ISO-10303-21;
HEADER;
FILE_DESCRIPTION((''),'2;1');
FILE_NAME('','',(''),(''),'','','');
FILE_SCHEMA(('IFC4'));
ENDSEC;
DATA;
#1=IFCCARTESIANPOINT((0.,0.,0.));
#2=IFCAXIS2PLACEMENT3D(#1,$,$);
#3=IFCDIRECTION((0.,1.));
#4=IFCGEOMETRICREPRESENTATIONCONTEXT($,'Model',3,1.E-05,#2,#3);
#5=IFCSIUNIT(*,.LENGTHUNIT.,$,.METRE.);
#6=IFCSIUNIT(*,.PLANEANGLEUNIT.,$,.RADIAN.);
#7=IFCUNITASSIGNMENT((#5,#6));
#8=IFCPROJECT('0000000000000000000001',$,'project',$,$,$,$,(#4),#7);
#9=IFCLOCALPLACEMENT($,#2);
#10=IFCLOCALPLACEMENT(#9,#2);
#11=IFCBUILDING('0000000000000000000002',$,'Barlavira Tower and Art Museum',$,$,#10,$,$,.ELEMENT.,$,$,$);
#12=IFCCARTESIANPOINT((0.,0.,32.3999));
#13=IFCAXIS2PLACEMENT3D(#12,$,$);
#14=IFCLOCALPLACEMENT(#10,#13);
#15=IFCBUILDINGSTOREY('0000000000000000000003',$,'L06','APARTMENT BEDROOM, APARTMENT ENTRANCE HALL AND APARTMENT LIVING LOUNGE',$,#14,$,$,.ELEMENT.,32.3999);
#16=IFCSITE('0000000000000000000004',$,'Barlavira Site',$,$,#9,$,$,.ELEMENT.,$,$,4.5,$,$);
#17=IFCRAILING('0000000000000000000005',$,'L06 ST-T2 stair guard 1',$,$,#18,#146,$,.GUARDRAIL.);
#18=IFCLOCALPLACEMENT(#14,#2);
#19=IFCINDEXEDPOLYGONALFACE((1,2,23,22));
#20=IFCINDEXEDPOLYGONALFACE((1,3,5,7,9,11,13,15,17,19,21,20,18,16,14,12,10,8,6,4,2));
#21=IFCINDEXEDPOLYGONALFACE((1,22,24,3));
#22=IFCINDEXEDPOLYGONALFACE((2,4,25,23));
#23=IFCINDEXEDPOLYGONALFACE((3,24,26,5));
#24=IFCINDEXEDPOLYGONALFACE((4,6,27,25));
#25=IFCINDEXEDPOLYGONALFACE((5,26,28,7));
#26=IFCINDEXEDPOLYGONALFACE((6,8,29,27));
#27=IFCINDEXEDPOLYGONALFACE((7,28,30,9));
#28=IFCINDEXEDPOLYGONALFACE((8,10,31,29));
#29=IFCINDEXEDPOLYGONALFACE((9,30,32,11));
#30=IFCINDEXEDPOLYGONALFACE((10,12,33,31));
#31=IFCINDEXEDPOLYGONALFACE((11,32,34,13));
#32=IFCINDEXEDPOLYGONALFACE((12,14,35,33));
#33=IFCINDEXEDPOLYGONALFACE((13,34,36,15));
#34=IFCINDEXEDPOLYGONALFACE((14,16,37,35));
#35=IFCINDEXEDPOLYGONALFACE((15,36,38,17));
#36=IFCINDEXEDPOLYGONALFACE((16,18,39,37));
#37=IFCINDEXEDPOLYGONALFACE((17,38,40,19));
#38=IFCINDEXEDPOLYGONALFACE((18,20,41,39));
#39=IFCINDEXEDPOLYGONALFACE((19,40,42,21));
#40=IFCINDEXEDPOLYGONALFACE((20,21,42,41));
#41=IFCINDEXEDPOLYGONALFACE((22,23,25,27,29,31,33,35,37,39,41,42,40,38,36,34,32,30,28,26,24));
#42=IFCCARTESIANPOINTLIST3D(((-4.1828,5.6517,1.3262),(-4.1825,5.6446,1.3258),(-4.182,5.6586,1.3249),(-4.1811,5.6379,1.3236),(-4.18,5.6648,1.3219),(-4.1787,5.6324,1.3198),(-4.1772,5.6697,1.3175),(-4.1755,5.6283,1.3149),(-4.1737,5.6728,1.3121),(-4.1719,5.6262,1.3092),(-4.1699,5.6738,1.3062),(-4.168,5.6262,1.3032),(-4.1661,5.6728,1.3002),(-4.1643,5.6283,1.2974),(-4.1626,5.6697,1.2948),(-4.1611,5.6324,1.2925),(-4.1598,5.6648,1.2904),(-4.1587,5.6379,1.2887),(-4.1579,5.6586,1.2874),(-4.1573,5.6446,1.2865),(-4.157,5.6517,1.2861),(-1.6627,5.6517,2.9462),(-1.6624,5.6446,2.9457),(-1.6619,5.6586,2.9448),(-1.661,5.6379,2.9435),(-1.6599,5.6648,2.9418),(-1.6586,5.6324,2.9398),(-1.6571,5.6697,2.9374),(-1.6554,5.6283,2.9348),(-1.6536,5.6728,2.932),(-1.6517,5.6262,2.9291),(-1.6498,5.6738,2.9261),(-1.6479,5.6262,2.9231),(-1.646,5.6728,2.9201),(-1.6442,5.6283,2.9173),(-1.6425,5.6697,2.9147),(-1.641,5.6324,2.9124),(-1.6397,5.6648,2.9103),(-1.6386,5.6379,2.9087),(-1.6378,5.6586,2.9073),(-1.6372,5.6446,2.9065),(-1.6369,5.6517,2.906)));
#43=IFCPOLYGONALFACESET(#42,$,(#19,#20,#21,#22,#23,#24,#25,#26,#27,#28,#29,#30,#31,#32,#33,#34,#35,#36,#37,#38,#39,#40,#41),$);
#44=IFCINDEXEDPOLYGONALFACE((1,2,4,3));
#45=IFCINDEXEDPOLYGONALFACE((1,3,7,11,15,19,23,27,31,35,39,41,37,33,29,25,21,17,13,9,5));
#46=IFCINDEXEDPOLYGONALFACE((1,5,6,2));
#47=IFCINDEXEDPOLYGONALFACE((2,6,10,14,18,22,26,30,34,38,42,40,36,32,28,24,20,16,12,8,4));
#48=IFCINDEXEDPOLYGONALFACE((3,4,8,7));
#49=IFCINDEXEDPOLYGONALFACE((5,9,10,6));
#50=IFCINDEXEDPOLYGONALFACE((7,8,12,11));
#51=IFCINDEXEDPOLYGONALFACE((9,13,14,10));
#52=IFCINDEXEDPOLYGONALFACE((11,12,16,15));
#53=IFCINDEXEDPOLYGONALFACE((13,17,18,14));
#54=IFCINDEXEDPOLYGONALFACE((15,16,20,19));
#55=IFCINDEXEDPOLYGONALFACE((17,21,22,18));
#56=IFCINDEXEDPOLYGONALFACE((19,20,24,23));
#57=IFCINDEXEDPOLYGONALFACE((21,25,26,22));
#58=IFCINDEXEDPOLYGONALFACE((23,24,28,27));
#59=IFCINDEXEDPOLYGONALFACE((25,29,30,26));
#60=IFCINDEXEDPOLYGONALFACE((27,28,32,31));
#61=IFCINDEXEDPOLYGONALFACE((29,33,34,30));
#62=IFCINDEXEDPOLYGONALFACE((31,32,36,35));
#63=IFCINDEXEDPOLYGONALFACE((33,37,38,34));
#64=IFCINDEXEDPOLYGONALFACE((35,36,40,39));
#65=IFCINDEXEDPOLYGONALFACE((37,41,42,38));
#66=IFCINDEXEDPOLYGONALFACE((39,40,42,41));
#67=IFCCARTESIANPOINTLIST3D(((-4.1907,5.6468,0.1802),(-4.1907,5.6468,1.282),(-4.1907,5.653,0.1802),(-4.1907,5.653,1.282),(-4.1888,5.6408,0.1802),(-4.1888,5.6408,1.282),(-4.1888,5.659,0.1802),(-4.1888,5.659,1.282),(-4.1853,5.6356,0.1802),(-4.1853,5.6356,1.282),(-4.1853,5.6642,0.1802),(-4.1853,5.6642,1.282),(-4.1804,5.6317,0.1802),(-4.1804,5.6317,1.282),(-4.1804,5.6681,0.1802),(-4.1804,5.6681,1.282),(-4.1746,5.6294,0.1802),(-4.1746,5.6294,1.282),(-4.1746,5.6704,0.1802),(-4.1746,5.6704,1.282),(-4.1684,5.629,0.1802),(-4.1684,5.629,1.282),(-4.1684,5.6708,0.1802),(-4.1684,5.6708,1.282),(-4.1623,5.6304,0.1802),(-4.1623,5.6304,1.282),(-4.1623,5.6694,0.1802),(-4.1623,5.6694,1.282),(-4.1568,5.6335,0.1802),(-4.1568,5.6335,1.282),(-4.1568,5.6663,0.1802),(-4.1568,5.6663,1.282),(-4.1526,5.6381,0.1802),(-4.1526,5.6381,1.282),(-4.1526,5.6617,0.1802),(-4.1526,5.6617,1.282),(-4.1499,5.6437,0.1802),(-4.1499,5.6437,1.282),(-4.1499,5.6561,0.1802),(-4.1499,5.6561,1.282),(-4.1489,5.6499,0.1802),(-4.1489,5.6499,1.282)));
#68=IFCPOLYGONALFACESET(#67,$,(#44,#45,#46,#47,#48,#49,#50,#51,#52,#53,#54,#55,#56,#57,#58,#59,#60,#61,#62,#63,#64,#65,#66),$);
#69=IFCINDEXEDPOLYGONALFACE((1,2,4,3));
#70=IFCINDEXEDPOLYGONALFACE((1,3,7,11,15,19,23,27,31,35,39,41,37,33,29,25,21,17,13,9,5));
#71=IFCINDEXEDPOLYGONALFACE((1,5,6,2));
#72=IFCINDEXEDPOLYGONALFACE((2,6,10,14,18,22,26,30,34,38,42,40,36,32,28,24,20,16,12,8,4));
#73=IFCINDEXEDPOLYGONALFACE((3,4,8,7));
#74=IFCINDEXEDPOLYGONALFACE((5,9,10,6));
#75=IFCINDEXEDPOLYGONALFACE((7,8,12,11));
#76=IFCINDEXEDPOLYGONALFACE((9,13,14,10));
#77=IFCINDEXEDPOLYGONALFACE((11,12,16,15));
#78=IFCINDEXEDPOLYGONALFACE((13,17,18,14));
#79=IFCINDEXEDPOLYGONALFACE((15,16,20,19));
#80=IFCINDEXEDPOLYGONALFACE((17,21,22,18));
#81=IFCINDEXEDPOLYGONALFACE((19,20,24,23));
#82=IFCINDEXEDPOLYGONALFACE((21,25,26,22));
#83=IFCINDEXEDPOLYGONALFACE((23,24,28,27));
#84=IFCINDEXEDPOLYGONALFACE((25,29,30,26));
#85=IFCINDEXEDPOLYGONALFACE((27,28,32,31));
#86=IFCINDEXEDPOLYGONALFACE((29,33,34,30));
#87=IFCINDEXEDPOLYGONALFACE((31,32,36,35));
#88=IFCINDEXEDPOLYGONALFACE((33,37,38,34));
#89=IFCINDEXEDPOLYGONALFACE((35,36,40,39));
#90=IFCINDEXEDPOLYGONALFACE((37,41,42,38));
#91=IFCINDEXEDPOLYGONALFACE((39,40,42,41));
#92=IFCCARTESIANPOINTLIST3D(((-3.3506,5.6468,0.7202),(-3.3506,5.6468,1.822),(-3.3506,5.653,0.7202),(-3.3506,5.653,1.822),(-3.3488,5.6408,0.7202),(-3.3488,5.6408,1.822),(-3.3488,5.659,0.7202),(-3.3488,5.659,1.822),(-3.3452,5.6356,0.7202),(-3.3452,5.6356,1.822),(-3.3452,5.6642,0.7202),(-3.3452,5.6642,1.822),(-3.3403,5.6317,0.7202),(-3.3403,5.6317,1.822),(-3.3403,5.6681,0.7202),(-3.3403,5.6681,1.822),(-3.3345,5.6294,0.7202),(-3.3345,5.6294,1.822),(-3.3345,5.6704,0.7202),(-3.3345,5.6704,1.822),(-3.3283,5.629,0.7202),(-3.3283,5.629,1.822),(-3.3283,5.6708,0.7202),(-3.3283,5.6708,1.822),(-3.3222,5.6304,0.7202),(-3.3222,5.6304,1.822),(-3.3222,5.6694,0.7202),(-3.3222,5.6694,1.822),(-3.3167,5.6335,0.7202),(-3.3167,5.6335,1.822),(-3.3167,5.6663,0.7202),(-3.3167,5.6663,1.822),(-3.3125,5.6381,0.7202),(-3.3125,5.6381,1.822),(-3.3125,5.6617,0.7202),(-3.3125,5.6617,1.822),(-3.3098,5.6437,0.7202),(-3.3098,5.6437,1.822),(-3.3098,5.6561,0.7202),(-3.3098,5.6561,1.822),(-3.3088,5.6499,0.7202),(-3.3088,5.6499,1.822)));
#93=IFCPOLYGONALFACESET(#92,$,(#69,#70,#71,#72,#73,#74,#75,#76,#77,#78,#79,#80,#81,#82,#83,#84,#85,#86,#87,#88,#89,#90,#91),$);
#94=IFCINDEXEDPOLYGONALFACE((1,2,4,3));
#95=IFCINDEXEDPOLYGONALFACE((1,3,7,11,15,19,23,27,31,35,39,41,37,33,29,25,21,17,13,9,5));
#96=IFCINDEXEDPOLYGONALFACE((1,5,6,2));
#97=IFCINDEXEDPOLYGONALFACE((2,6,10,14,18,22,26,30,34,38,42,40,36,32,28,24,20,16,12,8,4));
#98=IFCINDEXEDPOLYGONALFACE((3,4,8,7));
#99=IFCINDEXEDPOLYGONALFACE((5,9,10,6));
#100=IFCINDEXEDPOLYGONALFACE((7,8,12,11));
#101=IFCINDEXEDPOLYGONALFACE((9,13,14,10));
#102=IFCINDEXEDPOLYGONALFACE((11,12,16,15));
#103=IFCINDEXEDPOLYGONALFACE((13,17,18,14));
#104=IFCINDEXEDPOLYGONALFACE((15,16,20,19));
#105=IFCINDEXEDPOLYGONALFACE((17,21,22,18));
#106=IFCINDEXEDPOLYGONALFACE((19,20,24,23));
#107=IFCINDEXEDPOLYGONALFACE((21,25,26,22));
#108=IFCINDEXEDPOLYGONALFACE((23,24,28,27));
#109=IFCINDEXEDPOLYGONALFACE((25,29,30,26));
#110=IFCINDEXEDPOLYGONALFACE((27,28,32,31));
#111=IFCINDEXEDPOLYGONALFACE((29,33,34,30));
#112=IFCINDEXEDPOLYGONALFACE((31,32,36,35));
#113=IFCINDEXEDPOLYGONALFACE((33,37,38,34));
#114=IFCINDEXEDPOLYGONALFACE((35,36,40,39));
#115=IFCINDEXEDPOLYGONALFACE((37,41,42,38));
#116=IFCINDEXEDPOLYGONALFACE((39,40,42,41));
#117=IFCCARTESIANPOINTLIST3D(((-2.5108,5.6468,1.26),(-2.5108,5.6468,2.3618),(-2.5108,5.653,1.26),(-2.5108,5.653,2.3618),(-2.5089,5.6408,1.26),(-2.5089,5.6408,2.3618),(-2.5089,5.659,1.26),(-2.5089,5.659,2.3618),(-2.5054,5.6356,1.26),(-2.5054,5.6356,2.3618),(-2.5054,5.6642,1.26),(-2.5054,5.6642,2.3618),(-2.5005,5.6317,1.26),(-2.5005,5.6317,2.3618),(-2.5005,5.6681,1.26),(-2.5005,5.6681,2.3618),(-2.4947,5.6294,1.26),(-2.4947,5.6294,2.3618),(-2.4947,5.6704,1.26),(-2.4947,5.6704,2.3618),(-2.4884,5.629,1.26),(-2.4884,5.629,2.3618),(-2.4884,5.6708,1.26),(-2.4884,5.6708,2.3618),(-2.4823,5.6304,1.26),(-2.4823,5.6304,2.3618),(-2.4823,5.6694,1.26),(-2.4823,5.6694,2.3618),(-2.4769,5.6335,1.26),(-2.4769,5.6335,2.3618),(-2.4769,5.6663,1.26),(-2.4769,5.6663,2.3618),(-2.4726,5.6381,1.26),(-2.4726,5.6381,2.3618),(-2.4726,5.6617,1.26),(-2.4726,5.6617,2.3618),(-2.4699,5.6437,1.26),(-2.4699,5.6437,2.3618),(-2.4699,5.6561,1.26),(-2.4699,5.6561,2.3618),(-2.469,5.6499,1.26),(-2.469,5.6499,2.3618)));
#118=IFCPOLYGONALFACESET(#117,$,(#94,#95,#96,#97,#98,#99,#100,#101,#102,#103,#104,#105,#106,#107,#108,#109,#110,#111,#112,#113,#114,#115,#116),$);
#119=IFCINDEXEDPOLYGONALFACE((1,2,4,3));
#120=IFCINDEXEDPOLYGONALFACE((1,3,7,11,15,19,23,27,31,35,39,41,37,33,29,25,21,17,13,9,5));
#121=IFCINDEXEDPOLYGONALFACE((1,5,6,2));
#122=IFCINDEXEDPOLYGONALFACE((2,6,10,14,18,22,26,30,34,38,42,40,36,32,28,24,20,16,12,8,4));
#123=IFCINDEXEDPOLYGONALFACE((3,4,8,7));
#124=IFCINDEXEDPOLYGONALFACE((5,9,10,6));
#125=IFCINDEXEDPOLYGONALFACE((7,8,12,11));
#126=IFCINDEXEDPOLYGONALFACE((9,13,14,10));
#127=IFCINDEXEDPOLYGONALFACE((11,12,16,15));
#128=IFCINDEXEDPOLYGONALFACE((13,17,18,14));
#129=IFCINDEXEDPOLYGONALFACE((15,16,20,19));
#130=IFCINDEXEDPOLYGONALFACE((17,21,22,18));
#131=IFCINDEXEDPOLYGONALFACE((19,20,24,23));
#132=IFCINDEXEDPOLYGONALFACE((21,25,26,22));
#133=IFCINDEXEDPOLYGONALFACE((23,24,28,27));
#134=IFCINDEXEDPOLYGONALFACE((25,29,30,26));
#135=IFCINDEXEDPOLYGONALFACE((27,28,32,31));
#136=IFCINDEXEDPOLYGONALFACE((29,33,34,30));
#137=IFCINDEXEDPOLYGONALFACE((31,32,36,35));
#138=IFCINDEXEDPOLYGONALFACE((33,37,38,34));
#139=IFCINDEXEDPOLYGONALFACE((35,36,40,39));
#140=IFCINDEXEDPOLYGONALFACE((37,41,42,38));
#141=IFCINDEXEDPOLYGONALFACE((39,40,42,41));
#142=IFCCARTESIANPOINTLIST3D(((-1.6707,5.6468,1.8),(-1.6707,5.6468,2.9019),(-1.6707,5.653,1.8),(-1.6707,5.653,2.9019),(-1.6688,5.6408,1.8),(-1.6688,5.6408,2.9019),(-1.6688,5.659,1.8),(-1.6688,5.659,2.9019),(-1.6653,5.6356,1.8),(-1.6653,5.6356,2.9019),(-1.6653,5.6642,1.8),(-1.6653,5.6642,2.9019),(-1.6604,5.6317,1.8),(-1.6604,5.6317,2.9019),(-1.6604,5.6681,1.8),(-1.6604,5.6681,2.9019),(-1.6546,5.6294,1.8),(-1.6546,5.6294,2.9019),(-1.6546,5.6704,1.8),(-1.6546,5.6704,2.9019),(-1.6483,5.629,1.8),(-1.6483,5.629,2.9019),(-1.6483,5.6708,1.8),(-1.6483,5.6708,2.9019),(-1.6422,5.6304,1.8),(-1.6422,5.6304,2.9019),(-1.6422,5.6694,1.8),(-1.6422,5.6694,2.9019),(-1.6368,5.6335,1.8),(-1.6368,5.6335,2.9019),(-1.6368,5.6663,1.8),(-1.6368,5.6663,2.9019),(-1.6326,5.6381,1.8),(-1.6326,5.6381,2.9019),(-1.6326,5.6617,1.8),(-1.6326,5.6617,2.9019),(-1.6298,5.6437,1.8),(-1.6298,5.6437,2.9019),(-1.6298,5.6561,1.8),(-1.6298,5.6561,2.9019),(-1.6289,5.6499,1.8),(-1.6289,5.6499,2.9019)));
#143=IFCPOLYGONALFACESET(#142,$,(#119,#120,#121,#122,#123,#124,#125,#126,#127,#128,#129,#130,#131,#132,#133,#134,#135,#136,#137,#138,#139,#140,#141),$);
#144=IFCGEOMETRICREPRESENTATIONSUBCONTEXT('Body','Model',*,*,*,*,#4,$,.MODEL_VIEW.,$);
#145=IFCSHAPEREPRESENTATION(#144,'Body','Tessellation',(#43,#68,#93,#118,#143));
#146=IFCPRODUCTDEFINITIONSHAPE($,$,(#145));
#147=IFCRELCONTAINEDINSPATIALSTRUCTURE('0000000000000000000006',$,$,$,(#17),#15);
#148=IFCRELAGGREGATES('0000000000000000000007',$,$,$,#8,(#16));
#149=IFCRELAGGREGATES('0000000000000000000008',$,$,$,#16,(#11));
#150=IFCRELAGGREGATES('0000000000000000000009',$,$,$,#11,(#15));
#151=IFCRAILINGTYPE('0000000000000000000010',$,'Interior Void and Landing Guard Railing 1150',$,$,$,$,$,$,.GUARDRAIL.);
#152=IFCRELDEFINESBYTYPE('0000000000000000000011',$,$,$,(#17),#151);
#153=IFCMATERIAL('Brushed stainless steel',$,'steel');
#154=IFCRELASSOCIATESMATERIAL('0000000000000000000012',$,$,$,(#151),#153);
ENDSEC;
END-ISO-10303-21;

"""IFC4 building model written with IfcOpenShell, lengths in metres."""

from ifc_helpers import new_model, si_unit, direction, frame, origin, origin_2d, place, context, subcontext, project, spatial, circle, extrude, material, type_object, element, save


model = new_model("IFC4")

# Units and contexts
model_context = context("Model", 3, precision=1e-05, world=origin(), true_north=direction((0.0, 1.0)))
body_context = subcontext(model_context, "Body", "Model", "MODEL_VIEW")
ifc_project = project(units=[si_unit("LENGTHUNIT", "METRE"), si_unit("PLANEANGLEUNIT", "RADIAN")], contexts=[model_context])

# Site, building, storey
site_placement = place(None, origin())
site = spatial("IfcSite", under=ifc_project, at=site_placement, Name="Barlavira Site", CompositionType="ELEMENT", RefElevation=4.5)
building_placement = place(site_placement, origin())
building = spatial("IfcBuilding", under=site, at=building_placement, Name="Barlavira Tower and Art Museum", CompositionType="ELEMENT")
storey_placement = place(building_placement, frame((0.0, 0.0, 32.3999)))
storey = spatial("IfcBuildingStorey", under=building, at=storey_placement, Name="L06", Description="APARTMENT BEDROOM, APARTMENT ENTRANCE HALL AND APARTMENT LIVING LOUNGE", CompositionType="ELEMENT", Elevation=32.3999)

# Shared definitions
ifc_material_1 = material(Name="Brushed stainless steel", Category="steel")

# Railing
railing_type_1 = type_object("IfcRailingType", Name="Interior Void and Landing Guard Railing 1150", PredefinedType="GUARDRAIL", material=ifc_material_1)
railing_1_placement = place(storey_placement, frame((-4.1699, 5.6499, 0.1802)))
element("IfcRailing", 1, at=railing_1_placement, inside=storey, type_object=railing_type_1, Name="L06 ST-T2 stair guard 1", PredefinedType="GUARDRAIL", context=body_context, shape_type="SweptSolid", body=[
    extrude(circle(Radius=0.0239, at=origin_2d()), frame((0.0, 0.0, 1.126), z_axis=(0.8412, 0.0, 0.540725), x_axis=(0.0, 1.0, 0.0)), (0.0, 0.0, 1.0), 2.9958),
    extrude(circle(Radius=0.021, at=origin_2d()), origin(), (0.0, 0.0, 1.0), 1.1018),
    extrude(circle(Radius=0.021, at=origin_2d()), frame((0.8401, 0.0, 0.54)), (0.0, 0.0, 1.0), 1.1018),
    extrude(circle(Radius=0.021, at=origin_2d()), frame((1.6799, 0.0, 1.0798)), (0.0, 0.0, 1.0), 1.1018),
    extrude(circle(Radius=0.021, at=origin_2d()), frame((2.52, 0.0, 1.6199)), (0.0, 0.0, 1.0), 1.1018),
])

save(model, "model.ifc")
